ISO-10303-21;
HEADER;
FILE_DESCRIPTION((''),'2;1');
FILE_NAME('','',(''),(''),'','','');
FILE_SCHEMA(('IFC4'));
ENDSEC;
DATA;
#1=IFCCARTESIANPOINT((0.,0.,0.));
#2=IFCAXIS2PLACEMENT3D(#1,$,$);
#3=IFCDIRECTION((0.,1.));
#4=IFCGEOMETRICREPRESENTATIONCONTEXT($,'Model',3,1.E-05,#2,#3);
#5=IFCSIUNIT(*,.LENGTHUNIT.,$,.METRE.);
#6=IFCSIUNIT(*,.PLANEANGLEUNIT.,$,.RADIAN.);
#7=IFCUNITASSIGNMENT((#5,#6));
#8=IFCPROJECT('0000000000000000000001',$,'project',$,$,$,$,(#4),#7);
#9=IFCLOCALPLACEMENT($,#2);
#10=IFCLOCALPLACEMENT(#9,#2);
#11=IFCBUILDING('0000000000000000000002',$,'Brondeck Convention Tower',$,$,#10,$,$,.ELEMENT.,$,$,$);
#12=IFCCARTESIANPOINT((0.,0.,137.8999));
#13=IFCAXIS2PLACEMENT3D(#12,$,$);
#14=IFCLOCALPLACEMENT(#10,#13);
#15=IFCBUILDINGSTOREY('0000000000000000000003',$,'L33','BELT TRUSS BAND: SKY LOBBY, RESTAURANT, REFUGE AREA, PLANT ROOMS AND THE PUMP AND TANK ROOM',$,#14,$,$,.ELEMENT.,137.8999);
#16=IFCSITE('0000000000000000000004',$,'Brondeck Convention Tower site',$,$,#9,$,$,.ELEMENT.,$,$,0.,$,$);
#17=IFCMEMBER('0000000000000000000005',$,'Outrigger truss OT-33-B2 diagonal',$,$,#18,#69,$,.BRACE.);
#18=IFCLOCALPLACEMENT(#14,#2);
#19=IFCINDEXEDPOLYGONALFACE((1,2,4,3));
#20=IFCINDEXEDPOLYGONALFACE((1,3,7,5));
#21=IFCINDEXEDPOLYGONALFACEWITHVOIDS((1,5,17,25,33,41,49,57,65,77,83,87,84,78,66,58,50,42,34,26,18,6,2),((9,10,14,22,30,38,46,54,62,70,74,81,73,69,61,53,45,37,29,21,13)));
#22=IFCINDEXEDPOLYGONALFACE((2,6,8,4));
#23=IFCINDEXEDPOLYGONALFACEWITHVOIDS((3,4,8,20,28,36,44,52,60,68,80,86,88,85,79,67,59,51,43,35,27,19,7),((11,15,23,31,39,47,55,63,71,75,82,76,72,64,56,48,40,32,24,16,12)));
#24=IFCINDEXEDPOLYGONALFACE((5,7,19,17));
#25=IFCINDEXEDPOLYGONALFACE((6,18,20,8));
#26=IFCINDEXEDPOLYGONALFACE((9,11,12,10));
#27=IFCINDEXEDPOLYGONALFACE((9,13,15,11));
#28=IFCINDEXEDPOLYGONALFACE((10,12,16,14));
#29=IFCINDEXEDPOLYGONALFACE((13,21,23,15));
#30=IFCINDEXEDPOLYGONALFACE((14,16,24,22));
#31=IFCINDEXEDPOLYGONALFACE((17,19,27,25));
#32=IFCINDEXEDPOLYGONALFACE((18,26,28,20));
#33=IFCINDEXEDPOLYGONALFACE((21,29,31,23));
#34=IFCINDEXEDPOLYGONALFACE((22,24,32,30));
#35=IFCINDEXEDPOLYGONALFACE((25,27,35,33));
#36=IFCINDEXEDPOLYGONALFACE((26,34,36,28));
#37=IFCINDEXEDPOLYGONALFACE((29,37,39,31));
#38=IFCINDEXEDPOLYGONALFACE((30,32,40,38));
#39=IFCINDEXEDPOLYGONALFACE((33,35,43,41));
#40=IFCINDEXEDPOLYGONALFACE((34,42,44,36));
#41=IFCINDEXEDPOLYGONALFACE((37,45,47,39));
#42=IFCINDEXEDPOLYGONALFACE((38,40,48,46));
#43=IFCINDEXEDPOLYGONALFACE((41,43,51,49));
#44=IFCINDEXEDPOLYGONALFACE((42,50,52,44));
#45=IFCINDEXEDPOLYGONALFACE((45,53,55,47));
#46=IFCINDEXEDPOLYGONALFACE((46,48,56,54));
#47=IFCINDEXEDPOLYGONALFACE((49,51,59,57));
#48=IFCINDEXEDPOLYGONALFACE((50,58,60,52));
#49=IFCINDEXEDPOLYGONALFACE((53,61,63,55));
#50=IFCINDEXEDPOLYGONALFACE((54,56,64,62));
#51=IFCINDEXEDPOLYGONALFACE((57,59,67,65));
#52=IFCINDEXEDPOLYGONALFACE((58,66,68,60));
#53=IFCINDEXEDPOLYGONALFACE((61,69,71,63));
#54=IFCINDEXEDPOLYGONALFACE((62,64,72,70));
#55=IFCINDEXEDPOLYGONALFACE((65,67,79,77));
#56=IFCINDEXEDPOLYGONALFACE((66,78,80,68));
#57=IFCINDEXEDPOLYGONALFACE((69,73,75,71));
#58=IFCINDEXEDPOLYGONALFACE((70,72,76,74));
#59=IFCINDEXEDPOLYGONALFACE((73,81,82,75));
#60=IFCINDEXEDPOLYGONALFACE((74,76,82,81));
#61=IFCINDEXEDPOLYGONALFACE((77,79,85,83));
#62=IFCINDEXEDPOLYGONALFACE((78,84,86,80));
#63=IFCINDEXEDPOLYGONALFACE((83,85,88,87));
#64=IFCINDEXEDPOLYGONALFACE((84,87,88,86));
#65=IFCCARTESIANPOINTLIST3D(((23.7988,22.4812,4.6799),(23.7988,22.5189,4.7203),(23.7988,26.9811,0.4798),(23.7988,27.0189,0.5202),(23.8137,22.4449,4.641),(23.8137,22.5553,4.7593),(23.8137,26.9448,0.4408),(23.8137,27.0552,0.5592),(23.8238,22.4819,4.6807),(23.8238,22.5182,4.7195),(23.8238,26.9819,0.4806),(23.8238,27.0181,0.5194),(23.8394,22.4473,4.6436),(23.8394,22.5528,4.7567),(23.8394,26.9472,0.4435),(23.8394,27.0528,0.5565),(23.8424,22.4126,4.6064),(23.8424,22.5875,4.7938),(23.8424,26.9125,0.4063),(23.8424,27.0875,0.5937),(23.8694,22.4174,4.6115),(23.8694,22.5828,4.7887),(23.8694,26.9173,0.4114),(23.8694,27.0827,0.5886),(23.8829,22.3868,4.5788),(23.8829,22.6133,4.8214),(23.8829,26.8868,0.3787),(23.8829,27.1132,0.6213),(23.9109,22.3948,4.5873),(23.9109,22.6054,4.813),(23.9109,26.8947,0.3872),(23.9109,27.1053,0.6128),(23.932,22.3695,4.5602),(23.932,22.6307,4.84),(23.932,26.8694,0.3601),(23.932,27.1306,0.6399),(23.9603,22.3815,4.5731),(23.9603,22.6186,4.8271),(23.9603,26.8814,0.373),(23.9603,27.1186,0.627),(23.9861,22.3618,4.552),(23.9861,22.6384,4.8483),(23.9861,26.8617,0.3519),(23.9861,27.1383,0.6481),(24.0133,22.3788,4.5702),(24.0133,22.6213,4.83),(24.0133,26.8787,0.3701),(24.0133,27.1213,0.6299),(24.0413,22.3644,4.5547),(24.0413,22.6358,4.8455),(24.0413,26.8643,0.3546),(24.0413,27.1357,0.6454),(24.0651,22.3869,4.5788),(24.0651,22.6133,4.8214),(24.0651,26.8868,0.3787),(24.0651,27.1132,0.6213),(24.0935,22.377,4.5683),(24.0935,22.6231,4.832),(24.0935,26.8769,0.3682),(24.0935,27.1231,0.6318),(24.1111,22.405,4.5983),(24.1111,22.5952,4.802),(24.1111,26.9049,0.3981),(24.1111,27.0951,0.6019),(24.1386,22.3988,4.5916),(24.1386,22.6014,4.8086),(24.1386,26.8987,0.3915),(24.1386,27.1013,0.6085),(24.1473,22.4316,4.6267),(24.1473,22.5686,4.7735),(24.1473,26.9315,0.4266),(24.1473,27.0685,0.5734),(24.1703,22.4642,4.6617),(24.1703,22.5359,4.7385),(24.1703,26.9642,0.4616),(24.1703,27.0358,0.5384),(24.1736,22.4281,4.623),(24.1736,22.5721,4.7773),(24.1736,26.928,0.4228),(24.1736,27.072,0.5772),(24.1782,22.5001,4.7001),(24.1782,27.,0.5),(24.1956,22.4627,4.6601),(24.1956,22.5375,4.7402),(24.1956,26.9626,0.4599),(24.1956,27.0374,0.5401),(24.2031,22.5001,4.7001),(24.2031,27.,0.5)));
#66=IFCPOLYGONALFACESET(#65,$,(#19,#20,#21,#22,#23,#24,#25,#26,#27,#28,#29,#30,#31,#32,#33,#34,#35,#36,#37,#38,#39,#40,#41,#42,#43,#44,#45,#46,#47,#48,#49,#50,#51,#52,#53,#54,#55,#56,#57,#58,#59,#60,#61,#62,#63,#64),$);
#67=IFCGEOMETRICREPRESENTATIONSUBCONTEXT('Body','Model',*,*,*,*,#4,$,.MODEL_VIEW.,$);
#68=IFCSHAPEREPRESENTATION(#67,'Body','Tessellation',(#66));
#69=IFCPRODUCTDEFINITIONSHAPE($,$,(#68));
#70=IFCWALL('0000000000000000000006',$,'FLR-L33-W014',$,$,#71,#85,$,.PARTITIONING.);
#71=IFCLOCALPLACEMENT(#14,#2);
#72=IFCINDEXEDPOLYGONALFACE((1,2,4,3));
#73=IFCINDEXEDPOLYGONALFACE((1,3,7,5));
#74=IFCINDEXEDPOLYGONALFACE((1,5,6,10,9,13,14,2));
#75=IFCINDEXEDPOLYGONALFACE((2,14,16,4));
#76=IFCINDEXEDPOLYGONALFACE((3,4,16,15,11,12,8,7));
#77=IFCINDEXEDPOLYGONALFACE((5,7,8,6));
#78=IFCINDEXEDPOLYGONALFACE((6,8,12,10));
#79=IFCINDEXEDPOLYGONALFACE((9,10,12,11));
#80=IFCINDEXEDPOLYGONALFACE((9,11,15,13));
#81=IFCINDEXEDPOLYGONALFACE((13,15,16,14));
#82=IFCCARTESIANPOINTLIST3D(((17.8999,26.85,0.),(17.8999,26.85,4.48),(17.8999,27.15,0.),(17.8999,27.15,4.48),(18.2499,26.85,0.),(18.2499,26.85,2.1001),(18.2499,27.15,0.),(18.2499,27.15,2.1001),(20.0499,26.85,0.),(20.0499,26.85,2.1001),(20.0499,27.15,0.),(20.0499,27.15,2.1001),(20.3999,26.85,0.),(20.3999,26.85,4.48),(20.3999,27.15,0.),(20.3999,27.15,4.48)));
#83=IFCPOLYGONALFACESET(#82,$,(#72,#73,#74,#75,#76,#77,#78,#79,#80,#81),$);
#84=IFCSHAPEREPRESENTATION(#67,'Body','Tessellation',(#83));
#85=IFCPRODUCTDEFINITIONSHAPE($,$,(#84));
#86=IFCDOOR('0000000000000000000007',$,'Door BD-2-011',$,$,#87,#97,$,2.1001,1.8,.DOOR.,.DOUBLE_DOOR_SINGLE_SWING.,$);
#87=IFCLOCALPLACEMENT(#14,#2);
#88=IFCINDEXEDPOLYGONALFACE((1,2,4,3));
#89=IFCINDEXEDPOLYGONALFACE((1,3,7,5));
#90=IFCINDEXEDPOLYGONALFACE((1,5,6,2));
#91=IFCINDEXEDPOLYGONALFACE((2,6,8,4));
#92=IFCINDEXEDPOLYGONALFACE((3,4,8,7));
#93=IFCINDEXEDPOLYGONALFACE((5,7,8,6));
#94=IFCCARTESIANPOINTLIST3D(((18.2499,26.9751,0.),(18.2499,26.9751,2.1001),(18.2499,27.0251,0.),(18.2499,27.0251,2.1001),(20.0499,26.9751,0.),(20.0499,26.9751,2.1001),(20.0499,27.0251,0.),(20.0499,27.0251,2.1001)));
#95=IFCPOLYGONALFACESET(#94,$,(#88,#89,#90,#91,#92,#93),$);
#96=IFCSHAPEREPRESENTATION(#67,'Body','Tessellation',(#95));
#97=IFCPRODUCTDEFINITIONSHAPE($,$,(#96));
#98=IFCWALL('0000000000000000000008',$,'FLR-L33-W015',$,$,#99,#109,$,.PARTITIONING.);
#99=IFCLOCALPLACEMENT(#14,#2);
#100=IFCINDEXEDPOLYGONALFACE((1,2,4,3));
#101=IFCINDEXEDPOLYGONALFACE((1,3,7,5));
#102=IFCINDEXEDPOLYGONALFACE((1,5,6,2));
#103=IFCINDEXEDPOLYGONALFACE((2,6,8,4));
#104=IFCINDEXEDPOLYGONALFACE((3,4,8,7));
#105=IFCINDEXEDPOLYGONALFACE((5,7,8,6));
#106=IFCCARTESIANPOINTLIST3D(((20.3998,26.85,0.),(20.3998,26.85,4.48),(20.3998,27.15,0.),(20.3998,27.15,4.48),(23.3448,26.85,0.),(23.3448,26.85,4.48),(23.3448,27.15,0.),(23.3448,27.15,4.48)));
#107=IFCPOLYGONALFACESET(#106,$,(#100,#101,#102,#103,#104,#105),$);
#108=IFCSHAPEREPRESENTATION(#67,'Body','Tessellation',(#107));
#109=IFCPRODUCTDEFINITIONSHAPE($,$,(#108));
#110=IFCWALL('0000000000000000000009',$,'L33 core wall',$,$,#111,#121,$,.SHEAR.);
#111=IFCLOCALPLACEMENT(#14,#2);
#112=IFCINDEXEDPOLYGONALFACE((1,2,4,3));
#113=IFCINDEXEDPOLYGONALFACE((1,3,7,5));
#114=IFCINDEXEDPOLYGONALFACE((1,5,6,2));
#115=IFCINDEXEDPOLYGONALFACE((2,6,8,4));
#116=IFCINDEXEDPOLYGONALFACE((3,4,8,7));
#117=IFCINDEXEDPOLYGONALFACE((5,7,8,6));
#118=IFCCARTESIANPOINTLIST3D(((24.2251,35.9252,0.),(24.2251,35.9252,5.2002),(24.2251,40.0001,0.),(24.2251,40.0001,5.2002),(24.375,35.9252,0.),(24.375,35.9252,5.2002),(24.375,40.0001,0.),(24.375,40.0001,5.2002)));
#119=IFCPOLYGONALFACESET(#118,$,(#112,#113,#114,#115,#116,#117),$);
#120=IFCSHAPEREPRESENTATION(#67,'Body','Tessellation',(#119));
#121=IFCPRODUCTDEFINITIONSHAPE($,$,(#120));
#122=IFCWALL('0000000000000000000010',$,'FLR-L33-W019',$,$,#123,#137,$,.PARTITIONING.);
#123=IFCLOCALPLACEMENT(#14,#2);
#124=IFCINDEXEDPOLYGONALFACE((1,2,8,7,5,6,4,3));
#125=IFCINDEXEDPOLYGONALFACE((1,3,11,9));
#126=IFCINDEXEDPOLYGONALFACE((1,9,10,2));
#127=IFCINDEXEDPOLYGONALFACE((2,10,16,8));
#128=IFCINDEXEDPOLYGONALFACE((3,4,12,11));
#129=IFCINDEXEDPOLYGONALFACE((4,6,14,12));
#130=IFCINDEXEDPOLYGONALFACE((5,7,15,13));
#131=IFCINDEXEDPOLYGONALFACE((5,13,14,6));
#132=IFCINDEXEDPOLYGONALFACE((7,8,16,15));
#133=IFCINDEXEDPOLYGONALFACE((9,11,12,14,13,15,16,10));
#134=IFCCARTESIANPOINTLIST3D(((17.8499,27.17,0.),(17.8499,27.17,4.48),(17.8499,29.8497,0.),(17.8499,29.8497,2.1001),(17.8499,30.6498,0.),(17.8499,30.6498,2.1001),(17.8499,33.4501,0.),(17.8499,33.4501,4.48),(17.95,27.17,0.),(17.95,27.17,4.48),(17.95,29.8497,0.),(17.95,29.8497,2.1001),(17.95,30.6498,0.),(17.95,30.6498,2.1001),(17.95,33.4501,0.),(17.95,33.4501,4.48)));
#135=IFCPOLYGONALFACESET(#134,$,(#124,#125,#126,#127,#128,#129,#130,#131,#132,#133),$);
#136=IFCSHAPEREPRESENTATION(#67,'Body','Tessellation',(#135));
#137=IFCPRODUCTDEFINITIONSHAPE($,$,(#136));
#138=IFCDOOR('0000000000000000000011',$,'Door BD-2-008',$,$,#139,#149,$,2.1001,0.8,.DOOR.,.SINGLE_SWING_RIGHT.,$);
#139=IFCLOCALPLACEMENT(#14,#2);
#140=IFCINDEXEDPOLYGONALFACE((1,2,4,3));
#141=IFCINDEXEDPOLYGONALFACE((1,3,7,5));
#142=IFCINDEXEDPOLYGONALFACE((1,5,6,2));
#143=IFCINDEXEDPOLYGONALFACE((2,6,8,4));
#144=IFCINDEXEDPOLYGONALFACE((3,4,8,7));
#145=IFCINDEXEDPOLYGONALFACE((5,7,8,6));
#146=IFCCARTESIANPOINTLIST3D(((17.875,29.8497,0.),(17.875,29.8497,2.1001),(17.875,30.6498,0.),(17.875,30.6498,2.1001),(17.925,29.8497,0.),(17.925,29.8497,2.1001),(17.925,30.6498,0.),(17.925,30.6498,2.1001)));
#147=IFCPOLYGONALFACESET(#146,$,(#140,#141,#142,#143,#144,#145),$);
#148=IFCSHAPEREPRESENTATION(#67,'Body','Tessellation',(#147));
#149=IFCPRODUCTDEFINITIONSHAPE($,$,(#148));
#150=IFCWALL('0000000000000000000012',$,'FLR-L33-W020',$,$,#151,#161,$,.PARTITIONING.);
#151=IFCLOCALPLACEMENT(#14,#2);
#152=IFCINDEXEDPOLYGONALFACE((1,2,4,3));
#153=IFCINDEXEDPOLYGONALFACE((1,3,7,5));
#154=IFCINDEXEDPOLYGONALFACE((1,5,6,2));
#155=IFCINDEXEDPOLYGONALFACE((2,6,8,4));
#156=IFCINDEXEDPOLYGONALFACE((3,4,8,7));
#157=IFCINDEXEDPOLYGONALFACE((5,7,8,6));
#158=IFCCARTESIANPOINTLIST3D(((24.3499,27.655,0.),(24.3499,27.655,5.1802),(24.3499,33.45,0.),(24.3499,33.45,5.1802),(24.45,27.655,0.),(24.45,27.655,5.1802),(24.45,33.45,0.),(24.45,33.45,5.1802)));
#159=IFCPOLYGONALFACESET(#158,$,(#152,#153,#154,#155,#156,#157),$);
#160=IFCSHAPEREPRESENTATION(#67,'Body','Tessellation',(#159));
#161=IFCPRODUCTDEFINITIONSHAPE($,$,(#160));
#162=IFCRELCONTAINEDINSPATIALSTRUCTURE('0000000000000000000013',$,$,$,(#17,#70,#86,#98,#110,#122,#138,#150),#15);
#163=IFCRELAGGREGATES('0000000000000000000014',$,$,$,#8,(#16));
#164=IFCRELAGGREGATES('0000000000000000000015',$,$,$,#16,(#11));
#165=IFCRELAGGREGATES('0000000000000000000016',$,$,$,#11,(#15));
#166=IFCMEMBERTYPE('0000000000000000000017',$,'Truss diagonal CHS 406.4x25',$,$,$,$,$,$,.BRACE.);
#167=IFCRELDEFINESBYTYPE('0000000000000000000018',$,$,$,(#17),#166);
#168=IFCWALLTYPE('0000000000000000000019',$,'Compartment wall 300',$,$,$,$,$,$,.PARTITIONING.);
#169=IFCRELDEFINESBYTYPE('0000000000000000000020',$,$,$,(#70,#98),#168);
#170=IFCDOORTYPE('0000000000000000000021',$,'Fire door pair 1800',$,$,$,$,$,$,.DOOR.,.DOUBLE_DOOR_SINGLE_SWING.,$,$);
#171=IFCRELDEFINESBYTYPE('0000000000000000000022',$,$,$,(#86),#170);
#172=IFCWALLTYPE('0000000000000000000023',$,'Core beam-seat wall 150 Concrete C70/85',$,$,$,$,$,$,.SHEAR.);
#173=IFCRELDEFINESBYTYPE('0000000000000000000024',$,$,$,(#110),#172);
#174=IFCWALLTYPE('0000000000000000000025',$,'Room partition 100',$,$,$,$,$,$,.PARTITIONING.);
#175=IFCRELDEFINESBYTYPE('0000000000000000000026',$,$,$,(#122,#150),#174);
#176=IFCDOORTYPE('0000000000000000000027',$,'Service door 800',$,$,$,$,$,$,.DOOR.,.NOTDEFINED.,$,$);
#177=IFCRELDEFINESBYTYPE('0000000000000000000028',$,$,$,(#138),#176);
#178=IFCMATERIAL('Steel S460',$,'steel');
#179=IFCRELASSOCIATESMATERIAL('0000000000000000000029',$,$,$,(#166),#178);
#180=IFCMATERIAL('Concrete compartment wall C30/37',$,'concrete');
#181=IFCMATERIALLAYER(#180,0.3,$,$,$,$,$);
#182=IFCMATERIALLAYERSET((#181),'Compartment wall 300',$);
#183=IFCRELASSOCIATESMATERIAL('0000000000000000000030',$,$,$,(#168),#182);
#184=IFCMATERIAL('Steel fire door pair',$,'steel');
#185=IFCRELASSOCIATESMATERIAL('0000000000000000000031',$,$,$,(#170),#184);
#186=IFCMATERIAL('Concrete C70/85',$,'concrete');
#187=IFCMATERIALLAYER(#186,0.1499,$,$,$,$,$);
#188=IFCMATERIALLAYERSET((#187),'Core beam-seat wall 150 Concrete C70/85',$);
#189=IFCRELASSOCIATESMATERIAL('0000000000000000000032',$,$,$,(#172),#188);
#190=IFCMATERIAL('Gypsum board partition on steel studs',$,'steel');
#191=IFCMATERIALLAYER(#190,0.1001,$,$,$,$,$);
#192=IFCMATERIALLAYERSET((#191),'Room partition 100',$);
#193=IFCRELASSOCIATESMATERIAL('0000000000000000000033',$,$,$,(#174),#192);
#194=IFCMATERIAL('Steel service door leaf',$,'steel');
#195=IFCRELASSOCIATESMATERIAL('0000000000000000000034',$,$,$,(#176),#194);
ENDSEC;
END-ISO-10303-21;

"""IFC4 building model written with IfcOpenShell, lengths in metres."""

from ifc_helpers import new_model, si_unit, direction, frame, frame_2d, origin, origin_2d, place, context, subcontext, project, spatial, rectangle, hollow_circle, extrude, material, layer, layer_set, material_profile, profile_set, type_object, element, fill, save


model = new_model("IFC4")

# Units and contexts
model_context = context("Model", 3, precision=1e-05, world=origin(), true_north=direction((0.0, 1.0)))
body_context = subcontext(model_context, "Body", "Model", "MODEL_VIEW")
ifc_project = project(units=[si_unit("LENGTHUNIT", "METRE"), si_unit("PLANEANGLEUNIT", "RADIAN")], contexts=[model_context])

# Site, building, storey
site_placement = place(None, origin())
site = spatial("IfcSite", under=ifc_project, at=site_placement, Name="Brondeck Convention Tower site", CompositionType="ELEMENT", RefElevation=0.0)
building_placement = place(site_placement, origin())
building = spatial("IfcBuilding", under=site, at=building_placement, Name="Brondeck Convention Tower", CompositionType="ELEMENT")
storey_placement = place(building_placement, frame((0.0, 0.0, 137.8999)))
storey = spatial("IfcBuildingStorey", under=building, at=storey_placement, Name="L33", Description="BELT TRUSS BAND: SKY LOBBY, RESTAURANT, REFUGE AREA, PLANT ROOMS AND THE PUMP AND TANK ROOM", CompositionType="ELEMENT", Elevation=137.8999)

# Shared definitions
ifc_material_1 = material(Name="Concrete C70/85", Category="concrete")

# Member
ifc_material_2 = material(Name="Steel S460", Category="steel")
ifc_material_profile_1 = material_profile(ifc_material_2, hollow_circle(Radius=0.2031, WallThickness=0.0249, at=origin_2d()), Name="CHS 406.4x25")
ifc_profile_set_1 = profile_set([ifc_material_profile_1], Name="Steel S460")
member_type_1 = type_object("IfcMemberType", Name="Truss diagonal CHS 406.4x25", PredefinedType="BRACE", material=ifc_profile_set_1)
member_1_placement = place(storey_placement, frame((24.0, 27.0, 0.5), z_axis=(0.0, -0.731039, 0.682335), x_axis=(1.0, 0.0, 0.0)))
element("IfcMember", 1, at=member_1_placement, inside=storey, type_object=member_type_1, Name="Outrigger truss OT-33-B2 diagonal", PredefinedType="BRACE", context=body_context, shape_type="SweptSolid", body=[
    extrude(hollow_circle(Radius=0.2031, WallThickness=0.0249, at=origin_2d()), origin(), (0.0, 0.0, 1.0), 6.1555),
])

# Wall, opening, door
ifc_material_3 = material(Name="Concrete compartment wall C30/37", Category="concrete")
ifc_layer_1 = layer(ifc_material_3, 0.3)
ifc_layer_set_1 = layer_set([ifc_layer_1], Name="Compartment wall 300")
wall_type_1 = type_object("IfcWallType", Name="Compartment wall 300", PredefinedType="PARTITIONING", material=ifc_layer_set_1)
wall_1_placement = place(storey_placement, frame((20.3999, 27.0, 0.0), z_axis=(0.0, 0.0, 1.0), x_axis=(-1.0, 0.0, 0.0)))
wall_1 = element("IfcWall", 2, at=wall_1_placement, inside=storey, type_object=wall_type_1, Name="FLR-L33-W014", PredefinedType="PARTITIONING", context=body_context, shape_type="SweptSolid", body=[
    extrude(rectangle(XDim=2.5, YDim=0.3, at=frame_2d((1.25, 0.0))), origin(), (0.0, 0.0, 1.0), 4.48),
])
opening_1_placement = place(wall_1_placement, frame((0.3501, 0.0, 0.0)))
opening_1 = element("IfcOpeningElement", 3, at=opening_1_placement, cuts=wall_1, PredefinedType="OPENING", context=body_context, shape_type="SweptSolid", body=[
    extrude(rectangle(XDim=1.8, YDim=2.1001, at=frame_2d((0.8999, 1.05))), frame((0.0, 0.1599, 0.0), z_axis=(0.0, -1.0, 0.0), x_axis=(1.0, 0.0, 0.0)), (0.0, 0.0, 1.0), 0.3201),
])
ifc_material_4 = material(Name="Steel fire door pair", Category="steel")
door_type_1 = type_object("IfcDoorType", Name="Fire door pair 1800", OperationType="DOUBLE_DOOR_SINGLE_SWING", PredefinedType="DOOR", material=ifc_material_4)
door_1_placement = place(opening_1_placement, origin())
door_1 = element("IfcDoor", 4, at=door_1_placement, inside=storey, type_object=door_type_1, Name="Door BD-2-011", OperationType="DOUBLE_DOOR_SINGLE_SWING", OverallHeight=2.1001, OverallWidth=1.8, PredefinedType="DOOR", context=body_context, shape_type="SweptSolid", body=[
    extrude(rectangle(XDim=1.8, YDim=2.1001, at=frame_2d((0.8999, 1.05))), frame((0.0, 0.0249, 0.0), z_axis=(0.0, -1.0, 0.0), x_axis=(1.0, 0.0, 0.0)), (0.0, 0.0, 1.0), 0.05),
])
fill(opening_1, door_1)

# Walls
wall_2_placement = place(storey_placement, frame((23.345, 27.0, 0.0), z_axis=(0.0, 0.0, 1.0), x_axis=(-1.0, 0.0, 0.0)))
element("IfcWall", 5, at=wall_2_placement, inside=storey, type_object=wall_type_1, Name="FLR-L33-W015", PredefinedType="PARTITIONING", context=body_context, shape_type="SweptSolid", body=[
    extrude(rectangle(XDim=2.9451, YDim=0.3, at=frame_2d((1.4727, 0.0))), origin(), (0.0, 0.0, 1.0), 4.48),
])
ifc_layer_2 = layer(ifc_material_1, 0.1499)
ifc_layer_set_2 = layer_set([ifc_layer_2], Name="Core beam-seat wall 150 Concrete C70/85")
wall_type_2 = type_object("IfcWallType", Name="Core beam-seat wall 150 Concrete C70/85", PredefinedType="SHEAR", material=ifc_layer_set_2)
wall_3_placement = place(storey_placement, frame((24.3, 35.925, 0.0), z_axis=(0.0, 0.0, 1.0), x_axis=(0.0, 1.0, 0.0)))
element("IfcWall", 6, at=wall_3_placement, inside=storey, type_object=wall_type_2, Name="L33 core wall", PredefinedType="SHEAR", context=body_context, shape_type="SweptSolid", body=[
    extrude(rectangle(XDim=4.075, YDim=0.1499, at=frame_2d((2.0376, 0.0))), origin(), (0.0, 0.0, 1.0), 5.2002),
])

# Wall, opening, door
ifc_material_5 = material(Name="Gypsum board partition on steel studs", Category="steel")
ifc_layer_3 = layer(ifc_material_5, 0.1001)
ifc_layer_set_3 = layer_set([ifc_layer_3], Name="Room partition 100")
wall_type_3 = type_object("IfcWallType", Name="Room partition 100", PredefinedType="PARTITIONING", material=ifc_layer_set_3)
wall_4_placement = place(storey_placement, frame((17.8999, 27.1699, 0.0), z_axis=(0.0, 0.0, 1.0), x_axis=(0.0, 1.0, 0.0)))
wall_4 = element("IfcWall", 7, at=wall_4_placement, inside=storey, type_object=wall_type_3, Name="FLR-L33-W019", PredefinedType="PARTITIONING", context=body_context, shape_type="SweptSolid", body=[
    extrude(rectangle(XDim=6.28, YDim=0.1001, at=frame_2d((3.1401, 0.0))), origin(), (0.0, 0.0, 1.0), 4.48),
])
opening_2_placement = place(wall_4_placement, frame((2.6799, 0.0, 0.0)))
opening_2 = element("IfcOpeningElement", 8, at=opening_2_placement, cuts=wall_4, PredefinedType="OPENING", context=body_context, shape_type="SweptSolid", body=[
    extrude(rectangle(XDim=0.8, YDim=2.1001, at=frame_2d((0.3999, 1.05))), frame((0.0, 0.0601, 0.0), z_axis=(0.0, -1.0, 0.0), x_axis=(1.0, 0.0, 0.0)), (0.0, 0.0, 1.0), 0.1201),
])
ifc_material_6 = material(Name="Steel service door leaf", Category="steel")
door_type_2 = type_object("IfcDoorType", Name="Service door 800", OperationType="NOTDEFINED", PredefinedType="DOOR", material=ifc_material_6)
door_2_placement = place(opening_2_placement, origin())
door_2 = element("IfcDoor", 9, at=door_2_placement, inside=storey, type_object=door_type_2, Name="Door BD-2-008", OperationType="SINGLE_SWING_RIGHT", OverallHeight=2.1001, OverallWidth=0.8, PredefinedType="DOOR", context=body_context, shape_type="SweptSolid", body=[
    extrude(rectangle(XDim=0.8, YDim=2.1001, at=frame_2d((0.3999, 1.05))), frame((0.0, 0.0249, 0.0), z_axis=(0.0, -1.0, 0.0), x_axis=(1.0, 0.0, 0.0)), (0.0, 0.0, 1.0), 0.05),
])
fill(opening_2, door_2)

# Wall
wall_5_placement = place(storey_placement, frame((24.3999, 27.655, 0.0), z_axis=(0.0, 0.0, 1.0), x_axis=(0.0, 1.0, 0.0)))
element("IfcWall", 10, at=wall_5_placement, inside=storey, type_object=wall_type_3, Name="FLR-L33-W020", PredefinedType="PARTITIONING", context=body_context, shape_type="SweptSolid", body=[
    extrude(rectangle(XDim=5.7949, YDim=0.1001, at=frame_2d((2.8975, 0.0))), origin(), (0.0, 0.0, 1.0), 5.1802),
])

save(model, "model.ifc")
